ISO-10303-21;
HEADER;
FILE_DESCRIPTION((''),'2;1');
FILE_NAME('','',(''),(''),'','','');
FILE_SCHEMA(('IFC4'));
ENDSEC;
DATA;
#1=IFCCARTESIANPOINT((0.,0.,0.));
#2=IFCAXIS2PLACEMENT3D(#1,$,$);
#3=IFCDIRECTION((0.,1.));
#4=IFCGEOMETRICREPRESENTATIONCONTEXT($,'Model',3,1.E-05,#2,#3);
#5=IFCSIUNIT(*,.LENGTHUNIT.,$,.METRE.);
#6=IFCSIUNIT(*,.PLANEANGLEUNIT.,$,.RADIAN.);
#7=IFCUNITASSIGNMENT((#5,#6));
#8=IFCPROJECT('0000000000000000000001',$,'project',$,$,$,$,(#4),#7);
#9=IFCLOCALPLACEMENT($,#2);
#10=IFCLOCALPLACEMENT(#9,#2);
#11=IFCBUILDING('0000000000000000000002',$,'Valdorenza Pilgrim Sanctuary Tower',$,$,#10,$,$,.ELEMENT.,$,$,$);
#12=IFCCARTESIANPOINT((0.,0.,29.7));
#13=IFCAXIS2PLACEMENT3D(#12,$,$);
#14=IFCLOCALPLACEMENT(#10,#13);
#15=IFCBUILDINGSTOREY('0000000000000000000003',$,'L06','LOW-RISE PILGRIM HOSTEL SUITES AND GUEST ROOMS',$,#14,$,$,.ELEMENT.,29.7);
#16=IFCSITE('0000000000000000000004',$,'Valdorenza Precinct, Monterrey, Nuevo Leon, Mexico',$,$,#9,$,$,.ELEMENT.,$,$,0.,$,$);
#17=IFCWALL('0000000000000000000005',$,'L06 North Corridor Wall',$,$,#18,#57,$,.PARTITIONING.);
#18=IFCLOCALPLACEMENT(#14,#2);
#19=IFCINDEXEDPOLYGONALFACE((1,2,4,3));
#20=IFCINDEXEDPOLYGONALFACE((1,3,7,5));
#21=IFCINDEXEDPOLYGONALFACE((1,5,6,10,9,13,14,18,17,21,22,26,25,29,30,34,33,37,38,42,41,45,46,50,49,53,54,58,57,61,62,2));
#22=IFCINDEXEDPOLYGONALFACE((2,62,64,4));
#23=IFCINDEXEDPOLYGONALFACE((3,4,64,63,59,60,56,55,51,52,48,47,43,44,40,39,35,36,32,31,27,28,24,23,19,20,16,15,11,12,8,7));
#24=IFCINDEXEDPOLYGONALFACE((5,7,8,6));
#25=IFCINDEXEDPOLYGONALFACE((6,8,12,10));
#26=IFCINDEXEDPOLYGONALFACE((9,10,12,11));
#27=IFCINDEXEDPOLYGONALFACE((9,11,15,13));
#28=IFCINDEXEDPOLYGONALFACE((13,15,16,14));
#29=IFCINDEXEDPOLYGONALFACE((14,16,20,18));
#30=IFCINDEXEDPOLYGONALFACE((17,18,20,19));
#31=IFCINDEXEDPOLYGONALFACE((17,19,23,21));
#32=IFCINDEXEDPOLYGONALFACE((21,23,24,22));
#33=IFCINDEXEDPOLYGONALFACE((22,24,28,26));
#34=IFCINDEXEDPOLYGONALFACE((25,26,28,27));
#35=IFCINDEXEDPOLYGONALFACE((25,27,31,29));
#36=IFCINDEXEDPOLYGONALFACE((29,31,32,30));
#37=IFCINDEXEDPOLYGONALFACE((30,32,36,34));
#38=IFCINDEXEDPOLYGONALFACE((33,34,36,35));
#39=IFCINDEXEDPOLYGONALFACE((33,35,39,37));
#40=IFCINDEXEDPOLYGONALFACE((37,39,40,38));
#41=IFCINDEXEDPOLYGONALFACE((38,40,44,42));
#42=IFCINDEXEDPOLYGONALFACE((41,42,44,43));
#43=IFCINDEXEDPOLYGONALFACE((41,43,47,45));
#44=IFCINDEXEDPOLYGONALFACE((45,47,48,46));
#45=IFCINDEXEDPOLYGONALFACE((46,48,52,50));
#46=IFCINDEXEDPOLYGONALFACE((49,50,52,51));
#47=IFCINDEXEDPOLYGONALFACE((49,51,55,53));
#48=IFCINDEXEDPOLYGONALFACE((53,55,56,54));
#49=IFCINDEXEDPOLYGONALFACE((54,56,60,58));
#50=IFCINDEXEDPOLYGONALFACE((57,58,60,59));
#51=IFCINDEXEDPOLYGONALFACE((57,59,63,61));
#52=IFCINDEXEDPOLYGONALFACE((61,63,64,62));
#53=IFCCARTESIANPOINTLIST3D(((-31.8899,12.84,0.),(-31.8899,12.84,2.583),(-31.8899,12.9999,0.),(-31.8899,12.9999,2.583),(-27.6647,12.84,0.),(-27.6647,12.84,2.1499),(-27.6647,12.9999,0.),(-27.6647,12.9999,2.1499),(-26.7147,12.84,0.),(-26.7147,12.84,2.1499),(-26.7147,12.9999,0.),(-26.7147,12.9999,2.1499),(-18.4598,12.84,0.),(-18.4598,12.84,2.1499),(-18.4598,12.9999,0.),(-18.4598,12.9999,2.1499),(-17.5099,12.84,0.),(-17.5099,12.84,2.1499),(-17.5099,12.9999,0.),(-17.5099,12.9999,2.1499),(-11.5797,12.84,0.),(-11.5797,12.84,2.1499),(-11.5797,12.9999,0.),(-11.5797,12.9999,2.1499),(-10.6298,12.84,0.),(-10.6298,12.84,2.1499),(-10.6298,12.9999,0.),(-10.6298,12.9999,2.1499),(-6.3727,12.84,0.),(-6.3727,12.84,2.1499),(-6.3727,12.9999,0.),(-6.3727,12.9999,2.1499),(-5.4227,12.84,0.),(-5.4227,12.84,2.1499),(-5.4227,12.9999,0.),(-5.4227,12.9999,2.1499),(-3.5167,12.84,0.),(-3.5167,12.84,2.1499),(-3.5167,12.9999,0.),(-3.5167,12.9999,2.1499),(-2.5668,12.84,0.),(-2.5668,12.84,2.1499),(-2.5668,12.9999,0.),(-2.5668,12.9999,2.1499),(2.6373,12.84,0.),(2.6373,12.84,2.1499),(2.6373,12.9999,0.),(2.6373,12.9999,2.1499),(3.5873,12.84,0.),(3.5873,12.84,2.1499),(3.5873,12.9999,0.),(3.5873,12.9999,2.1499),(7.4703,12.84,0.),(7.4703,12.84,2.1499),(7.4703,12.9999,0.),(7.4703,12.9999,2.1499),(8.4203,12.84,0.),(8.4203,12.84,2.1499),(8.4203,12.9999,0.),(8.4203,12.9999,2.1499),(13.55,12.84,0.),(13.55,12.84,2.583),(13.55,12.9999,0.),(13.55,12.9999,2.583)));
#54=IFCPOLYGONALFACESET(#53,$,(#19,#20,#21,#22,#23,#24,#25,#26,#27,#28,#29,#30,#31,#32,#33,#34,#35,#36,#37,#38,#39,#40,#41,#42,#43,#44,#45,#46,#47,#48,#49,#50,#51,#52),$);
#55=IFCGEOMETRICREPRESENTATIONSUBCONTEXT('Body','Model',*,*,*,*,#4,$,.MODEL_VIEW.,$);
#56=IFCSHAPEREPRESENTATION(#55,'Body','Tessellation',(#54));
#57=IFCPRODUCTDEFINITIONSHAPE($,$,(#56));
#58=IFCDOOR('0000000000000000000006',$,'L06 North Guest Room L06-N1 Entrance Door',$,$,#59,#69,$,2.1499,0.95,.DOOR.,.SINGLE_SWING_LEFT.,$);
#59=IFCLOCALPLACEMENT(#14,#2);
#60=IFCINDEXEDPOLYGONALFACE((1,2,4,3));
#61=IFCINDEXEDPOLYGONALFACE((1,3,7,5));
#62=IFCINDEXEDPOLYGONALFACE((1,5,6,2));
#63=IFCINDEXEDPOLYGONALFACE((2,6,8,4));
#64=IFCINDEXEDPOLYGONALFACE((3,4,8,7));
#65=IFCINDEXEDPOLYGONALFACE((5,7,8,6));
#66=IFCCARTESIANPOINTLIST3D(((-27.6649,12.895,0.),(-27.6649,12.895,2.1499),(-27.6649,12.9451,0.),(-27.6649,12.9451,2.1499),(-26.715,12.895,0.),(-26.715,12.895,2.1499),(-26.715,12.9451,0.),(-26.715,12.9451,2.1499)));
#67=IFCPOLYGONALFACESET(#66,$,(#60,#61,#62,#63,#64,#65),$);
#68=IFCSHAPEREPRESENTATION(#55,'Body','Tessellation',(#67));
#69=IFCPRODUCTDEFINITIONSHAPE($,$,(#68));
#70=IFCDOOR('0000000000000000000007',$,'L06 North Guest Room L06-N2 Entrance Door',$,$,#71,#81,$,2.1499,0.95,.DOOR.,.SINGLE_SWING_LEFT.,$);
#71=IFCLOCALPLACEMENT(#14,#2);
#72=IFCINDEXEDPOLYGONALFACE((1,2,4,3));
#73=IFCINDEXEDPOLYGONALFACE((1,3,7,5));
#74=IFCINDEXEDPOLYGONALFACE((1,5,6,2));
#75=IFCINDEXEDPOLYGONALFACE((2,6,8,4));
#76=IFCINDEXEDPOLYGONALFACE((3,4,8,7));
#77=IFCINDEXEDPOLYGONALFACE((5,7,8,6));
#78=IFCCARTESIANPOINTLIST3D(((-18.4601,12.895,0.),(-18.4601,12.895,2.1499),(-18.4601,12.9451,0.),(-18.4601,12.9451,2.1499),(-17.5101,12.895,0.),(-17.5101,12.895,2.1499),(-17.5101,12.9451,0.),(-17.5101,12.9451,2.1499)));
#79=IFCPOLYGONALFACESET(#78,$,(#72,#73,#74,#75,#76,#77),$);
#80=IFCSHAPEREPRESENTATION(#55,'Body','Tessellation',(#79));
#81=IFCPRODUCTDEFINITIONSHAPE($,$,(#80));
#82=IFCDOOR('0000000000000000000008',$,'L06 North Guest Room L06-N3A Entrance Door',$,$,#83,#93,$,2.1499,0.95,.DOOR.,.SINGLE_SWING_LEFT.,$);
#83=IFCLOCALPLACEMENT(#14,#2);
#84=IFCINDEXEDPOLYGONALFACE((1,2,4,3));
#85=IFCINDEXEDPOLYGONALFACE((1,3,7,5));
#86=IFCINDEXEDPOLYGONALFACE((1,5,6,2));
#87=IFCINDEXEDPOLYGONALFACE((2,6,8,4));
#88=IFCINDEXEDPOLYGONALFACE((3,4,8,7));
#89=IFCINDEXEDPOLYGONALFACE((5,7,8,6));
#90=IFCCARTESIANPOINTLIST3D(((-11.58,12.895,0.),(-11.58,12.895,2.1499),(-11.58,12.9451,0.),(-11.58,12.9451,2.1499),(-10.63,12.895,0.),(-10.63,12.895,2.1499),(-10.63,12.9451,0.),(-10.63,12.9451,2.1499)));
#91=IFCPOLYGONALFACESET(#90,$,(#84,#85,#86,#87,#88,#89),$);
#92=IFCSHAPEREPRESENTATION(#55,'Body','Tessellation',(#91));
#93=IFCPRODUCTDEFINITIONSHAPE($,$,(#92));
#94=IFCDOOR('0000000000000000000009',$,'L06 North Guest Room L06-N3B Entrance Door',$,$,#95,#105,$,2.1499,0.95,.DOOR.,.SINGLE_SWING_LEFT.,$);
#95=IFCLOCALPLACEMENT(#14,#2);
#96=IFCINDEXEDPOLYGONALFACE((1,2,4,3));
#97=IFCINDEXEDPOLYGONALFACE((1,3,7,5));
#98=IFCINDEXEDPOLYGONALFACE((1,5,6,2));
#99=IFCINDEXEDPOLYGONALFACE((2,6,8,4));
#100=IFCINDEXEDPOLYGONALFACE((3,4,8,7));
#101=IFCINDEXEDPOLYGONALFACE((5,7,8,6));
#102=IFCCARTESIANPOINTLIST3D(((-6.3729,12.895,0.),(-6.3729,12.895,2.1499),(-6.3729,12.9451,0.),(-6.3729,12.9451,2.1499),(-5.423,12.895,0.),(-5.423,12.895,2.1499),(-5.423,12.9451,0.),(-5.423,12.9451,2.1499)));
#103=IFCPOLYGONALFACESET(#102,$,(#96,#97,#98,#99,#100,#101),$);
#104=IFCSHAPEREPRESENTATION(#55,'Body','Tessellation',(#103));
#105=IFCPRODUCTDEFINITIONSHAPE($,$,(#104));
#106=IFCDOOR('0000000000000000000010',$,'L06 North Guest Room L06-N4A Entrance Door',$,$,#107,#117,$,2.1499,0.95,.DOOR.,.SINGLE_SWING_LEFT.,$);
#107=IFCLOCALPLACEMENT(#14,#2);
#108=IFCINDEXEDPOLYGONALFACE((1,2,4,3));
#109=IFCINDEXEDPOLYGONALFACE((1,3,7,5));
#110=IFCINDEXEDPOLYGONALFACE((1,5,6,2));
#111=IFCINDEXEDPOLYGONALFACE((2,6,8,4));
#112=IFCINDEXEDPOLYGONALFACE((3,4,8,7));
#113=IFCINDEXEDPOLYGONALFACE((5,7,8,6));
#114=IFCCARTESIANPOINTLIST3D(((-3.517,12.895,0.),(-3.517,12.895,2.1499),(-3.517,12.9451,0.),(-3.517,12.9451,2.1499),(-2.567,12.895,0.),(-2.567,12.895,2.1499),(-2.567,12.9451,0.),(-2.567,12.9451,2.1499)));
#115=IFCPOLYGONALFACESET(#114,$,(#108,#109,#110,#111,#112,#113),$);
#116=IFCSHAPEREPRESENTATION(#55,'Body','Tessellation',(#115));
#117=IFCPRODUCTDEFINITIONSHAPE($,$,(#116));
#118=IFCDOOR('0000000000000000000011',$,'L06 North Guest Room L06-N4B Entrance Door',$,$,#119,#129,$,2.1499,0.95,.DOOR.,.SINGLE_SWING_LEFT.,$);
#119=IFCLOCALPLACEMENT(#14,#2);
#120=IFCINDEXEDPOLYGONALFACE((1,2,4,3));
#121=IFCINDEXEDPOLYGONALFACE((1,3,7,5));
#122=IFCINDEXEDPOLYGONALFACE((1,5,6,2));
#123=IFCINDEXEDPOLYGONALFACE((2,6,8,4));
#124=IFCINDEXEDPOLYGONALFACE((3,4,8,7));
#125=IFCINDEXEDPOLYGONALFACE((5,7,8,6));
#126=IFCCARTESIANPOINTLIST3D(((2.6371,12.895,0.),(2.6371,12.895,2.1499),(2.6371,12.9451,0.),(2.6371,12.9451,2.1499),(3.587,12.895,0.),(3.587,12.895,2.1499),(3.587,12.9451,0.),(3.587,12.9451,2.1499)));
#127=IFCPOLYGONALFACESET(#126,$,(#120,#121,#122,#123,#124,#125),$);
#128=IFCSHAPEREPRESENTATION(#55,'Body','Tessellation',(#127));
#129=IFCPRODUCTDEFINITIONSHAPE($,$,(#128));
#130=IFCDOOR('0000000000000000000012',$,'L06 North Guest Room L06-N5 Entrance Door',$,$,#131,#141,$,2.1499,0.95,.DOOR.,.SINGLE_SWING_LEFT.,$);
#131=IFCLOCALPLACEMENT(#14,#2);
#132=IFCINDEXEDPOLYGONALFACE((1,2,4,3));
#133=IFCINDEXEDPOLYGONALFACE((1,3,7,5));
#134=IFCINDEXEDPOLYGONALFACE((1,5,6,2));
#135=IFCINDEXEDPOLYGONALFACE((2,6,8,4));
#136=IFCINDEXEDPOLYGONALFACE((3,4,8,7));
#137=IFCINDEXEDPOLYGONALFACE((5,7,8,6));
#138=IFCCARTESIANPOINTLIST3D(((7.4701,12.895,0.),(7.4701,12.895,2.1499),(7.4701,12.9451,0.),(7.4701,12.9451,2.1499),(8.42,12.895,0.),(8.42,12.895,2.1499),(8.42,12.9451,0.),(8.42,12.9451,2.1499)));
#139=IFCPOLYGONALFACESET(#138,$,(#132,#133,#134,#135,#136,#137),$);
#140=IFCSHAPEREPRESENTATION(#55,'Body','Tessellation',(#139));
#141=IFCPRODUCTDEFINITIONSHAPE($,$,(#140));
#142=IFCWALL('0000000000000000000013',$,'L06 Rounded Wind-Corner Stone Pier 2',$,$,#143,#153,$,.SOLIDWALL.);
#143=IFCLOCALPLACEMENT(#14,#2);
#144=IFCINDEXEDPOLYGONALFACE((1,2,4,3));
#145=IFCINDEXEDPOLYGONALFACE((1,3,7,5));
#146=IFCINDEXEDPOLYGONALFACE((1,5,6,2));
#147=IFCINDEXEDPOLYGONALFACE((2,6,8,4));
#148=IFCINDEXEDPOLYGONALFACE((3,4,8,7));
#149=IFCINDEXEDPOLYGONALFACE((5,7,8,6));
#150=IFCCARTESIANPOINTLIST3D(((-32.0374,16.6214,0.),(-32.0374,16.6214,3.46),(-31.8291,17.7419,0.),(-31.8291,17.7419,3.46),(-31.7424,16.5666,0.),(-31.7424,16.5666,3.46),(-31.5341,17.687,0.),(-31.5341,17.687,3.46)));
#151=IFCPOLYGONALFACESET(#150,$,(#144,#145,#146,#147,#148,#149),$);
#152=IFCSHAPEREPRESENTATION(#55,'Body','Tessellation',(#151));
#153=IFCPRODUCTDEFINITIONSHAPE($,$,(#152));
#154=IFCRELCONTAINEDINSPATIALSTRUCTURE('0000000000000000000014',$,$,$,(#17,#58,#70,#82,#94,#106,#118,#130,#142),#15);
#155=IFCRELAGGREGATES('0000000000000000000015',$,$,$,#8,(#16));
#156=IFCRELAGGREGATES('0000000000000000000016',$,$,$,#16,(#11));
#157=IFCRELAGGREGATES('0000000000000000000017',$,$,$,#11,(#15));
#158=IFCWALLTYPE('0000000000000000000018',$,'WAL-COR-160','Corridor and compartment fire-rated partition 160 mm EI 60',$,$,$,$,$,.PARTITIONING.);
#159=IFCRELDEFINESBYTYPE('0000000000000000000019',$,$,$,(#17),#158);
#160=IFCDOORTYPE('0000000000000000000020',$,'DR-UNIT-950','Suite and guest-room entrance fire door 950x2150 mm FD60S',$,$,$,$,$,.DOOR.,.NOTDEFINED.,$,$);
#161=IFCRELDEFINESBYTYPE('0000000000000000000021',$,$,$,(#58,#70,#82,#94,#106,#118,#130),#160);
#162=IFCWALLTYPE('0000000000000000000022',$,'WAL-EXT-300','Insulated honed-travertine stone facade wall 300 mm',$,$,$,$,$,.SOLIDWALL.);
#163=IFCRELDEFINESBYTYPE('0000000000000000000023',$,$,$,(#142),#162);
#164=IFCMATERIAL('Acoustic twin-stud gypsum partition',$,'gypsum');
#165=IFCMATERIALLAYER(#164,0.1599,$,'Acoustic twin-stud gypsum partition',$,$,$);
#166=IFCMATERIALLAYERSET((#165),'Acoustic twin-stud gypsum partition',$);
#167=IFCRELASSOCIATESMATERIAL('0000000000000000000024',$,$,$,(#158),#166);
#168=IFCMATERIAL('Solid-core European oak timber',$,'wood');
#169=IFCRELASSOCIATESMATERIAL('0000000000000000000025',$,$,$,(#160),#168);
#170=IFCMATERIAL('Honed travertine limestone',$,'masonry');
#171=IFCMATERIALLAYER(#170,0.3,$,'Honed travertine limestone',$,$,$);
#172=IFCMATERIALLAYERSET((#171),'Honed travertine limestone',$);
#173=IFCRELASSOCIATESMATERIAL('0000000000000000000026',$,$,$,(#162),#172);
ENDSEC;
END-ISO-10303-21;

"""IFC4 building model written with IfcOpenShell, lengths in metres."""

from ifc_helpers import new_model, si_unit, direction, frame, frame_2d, origin, place, context, subcontext, project, spatial, rectangle, extrude, material, layer, layer_set, type_object, element, fill, save


model = new_model("IFC4")

# Units and contexts
model_context = context("Model", 3, precision=1e-05, world=origin(), true_north=direction((0.0, 1.0)))
body_context = subcontext(model_context, "Body", "Model", "MODEL_VIEW")
ifc_project = project(units=[si_unit("LENGTHUNIT", "METRE"), si_unit("PLANEANGLEUNIT", "RADIAN")], contexts=[model_context])

# Site, building, storey
site_placement = place(None, origin())
site = spatial("IfcSite", under=ifc_project, at=site_placement, Name="Valdorenza Precinct, Monterrey, Nuevo Leon, Mexico", CompositionType="ELEMENT", RefElevation=0.0)
building_placement = place(site_placement, origin())
building = spatial("IfcBuilding", under=site, at=building_placement, Name="Valdorenza Pilgrim Sanctuary Tower", CompositionType="ELEMENT")
storey_placement = place(building_placement, frame((0.0, 0.0, 29.7)))
storey = spatial("IfcBuildingStorey", under=building, at=storey_placement, Name="L06", Description="LOW-RISE PILGRIM HOSTEL SUITES AND GUEST ROOMS", CompositionType="ELEMENT", Elevation=29.7)

# Shared definitions
ifc_material_1 = material(Name="Honed travertine limestone", Category="masonry")

# Wall, openings, doors
ifc_material_2 = material(Name="Acoustic twin-stud gypsum partition", Category="gypsum")
ifc_layer_1 = layer(ifc_material_2, 0.1599, Name="Acoustic twin-stud gypsum partition")
ifc_layer_set_1 = layer_set([ifc_layer_1], Name="Acoustic twin-stud gypsum partition")
wall_type_1 = type_object("IfcWallType", Name="WAL-COR-160", Description="Corridor and compartment fire-rated partition 160 mm EI 60", PredefinedType="PARTITIONING", material=ifc_layer_set_1)
wall_1_placement = place(storey_placement, frame((-31.8899, 12.9199, 0.0), z_axis=(0.0, 0.0, 1.0), x_axis=(1.0, 0.0, 0.0)))
wall_1 = element("IfcWall", 1, at=wall_1_placement, inside=storey, type_object=wall_type_1, Name="L06 North Corridor Wall", PredefinedType="PARTITIONING", context=body_context, shape_type="SweptSolid", body=[
    extrude(rectangle(XDim=45.4399, YDim=0.1599, at=frame_2d((22.72, 0.0))), origin(), (0.0, 0.0, 1.0), 2.583),
])
opening_1_placement = place(wall_1_placement, frame((4.2251, 0.0, 0.0)))
opening_1 = element("IfcOpeningElement", 2, at=opening_1_placement, cuts=wall_1, PredefinedType="OPENING", context=body_context, shape_type="SweptSolid", body=[
    extrude(rectangle(XDim=0.95, YDim=2.1499, at=frame_2d((0.4751, 1.075))), frame((0.0, 0.0947, 0.0), z_axis=(0.0, -1.0, 0.0), x_axis=(1.0, 0.0, 0.0)), (0.0, 0.0, 1.0), 0.1897),
])
opening_2_placement = place(wall_1_placement, frame((13.4299, 0.0, 0.0)))
opening_2 = element("IfcOpeningElement", 3, at=opening_2_placement, cuts=wall_1, PredefinedType="OPENING", context=body_context, shape_type="SweptSolid", body=[
    extrude(rectangle(XDim=0.95, YDim=2.1499, at=frame_2d((0.4751, 1.075))), frame((0.0, 0.0947, 0.0), z_axis=(0.0, -1.0, 0.0), x_axis=(1.0, 0.0, 0.0)), (0.0, 0.0, 1.0), 0.1897),
])
opening_3_placement = place(wall_1_placement, frame((20.3101, 0.0, 0.0)))
opening_3 = element("IfcOpeningElement", 4, at=opening_3_placement, cuts=wall_1, PredefinedType="OPENING", context=body_context, shape_type="SweptSolid", body=[
    extrude(rectangle(XDim=0.95, YDim=2.1499, at=frame_2d((0.4751, 1.075))), frame((0.0, 0.0947, 0.0), z_axis=(0.0, -1.0, 0.0), x_axis=(1.0, 0.0, 0.0)), (0.0, 0.0, 1.0), 0.1897),
])
opening_4_placement = place(wall_1_placement, frame((25.5171, 0.0, 0.0)))
opening_4 = element("IfcOpeningElement", 5, at=opening_4_placement, cuts=wall_1, PredefinedType="OPENING", context=body_context, shape_type="SweptSolid", body=[
    extrude(rectangle(XDim=0.95, YDim=2.1499, at=frame_2d((0.4751, 1.075))), frame((0.0, 0.0947, 0.0), z_axis=(0.0, -1.0, 0.0), x_axis=(1.0, 0.0, 0.0)), (0.0, 0.0, 1.0), 0.1897),
])
opening_5_placement = place(wall_1_placement, frame((28.373, 0.0, 0.0)))
opening_5 = element("IfcOpeningElement", 6, at=opening_5_placement, cuts=wall_1, PredefinedType="OPENING", context=body_context, shape_type="SweptSolid", body=[
    extrude(rectangle(XDim=0.95, YDim=2.1499, at=frame_2d((0.4751, 1.075))), frame((0.0, 0.0947, 0.0), z_axis=(0.0, -1.0, 0.0), x_axis=(1.0, 0.0, 0.0)), (0.0, 0.0, 1.0), 0.1897),
])
opening_6_placement = place(wall_1_placement, frame((34.5271, 0.0, 0.0)))
opening_6 = element("IfcOpeningElement", 7, at=opening_6_placement, cuts=wall_1, PredefinedType="OPENING", context=body_context, shape_type="SweptSolid", body=[
    extrude(rectangle(XDim=0.95, YDim=2.1499, at=frame_2d((0.4751, 1.075))), frame((0.0, 0.0947, 0.0), z_axis=(0.0, -1.0, 0.0), x_axis=(1.0, 0.0, 0.0)), (0.0, 0.0, 1.0), 0.1897),
])
opening_7_placement = place(wall_1_placement, frame((39.3601, 0.0, 0.0)))
opening_7 = element("IfcOpeningElement", 8, at=opening_7_placement, cuts=wall_1, PredefinedType="OPENING", context=body_context, shape_type="SweptSolid", body=[
    extrude(rectangle(XDim=0.95, YDim=2.1499, at=frame_2d((0.4751, 1.075))), frame((0.0, 0.0947, 0.0), z_axis=(0.0, -1.0, 0.0), x_axis=(1.0, 0.0, 0.0)), (0.0, 0.0, 1.0), 0.1897),
])
ifc_material_3 = material(Name="Solid-core European oak timber", Category="wood")
door_type = type_object("IfcDoorType", Name="DR-UNIT-950", Description="Suite and guest-room entrance fire door 950x2150 mm FD60S", OperationType="NOTDEFINED", PredefinedType="DOOR", material=ifc_material_3)
door_1_placement = place(opening_1_placement, frame((0.95, 0.0, 0.0), z_axis=(0.0, 0.0, 1.0), x_axis=(-1.0, 0.0, 0.0)))
door_1 = element("IfcDoor", 9, at=door_1_placement, inside=storey, type_object=door_type, Name="L06 North Guest Room L06-N1 Entrance Door", OperationType="SINGLE_SWING_LEFT", OverallHeight=2.1499, OverallWidth=0.95, PredefinedType="DOOR", context=body_context, shape_type="SweptSolid", body=[
    extrude(rectangle(XDim=0.95, YDim=2.1499, at=frame_2d((0.4751, 1.075))), frame((0.0, 0.0249, 0.0), z_axis=(0.0, -1.0, 0.0), x_axis=(1.0, 0.0, 0.0)), (0.0, 0.0, 1.0), 0.05),
])
fill(opening_1, door_1)
door_2_placement = place(opening_2_placement, frame((0.95, 0.0, 0.0), z_axis=(0.0, 0.0, 1.0), x_axis=(-1.0, 0.0, 0.0)))
door_2 = element("IfcDoor", 10, at=door_2_placement, inside=storey, type_object=door_type, Name="L06 North Guest Room L06-N2 Entrance Door", OperationType="SINGLE_SWING_LEFT", OverallHeight=2.1499, OverallWidth=0.95, PredefinedType="DOOR", context=body_context, shape_type="SweptSolid", body=[
    extrude(rectangle(XDim=0.95, YDim=2.1499, at=frame_2d((0.4751, 1.075))), frame((0.0, 0.0249, 0.0), z_axis=(0.0, -1.0, 0.0), x_axis=(1.0, 0.0, 0.0)), (0.0, 0.0, 1.0), 0.05),
])
fill(opening_2, door_2)
door_3_placement = place(opening_3_placement, frame((0.95, 0.0, 0.0), z_axis=(0.0, 0.0, 1.0), x_axis=(-1.0, 0.0, 0.0)))
door_3 = element("IfcDoor", 11, at=door_3_placement, inside=storey, type_object=door_type, Name="L06 North Guest Room L06-N3A Entrance Door", OperationType="SINGLE_SWING_LEFT", OverallHeight=2.1499, OverallWidth=0.95, PredefinedType="DOOR", context=body_context, shape_type="SweptSolid", body=[
    extrude(rectangle(XDim=0.95, YDim=2.1499, at=frame_2d((0.4751, 1.075))), frame((0.0, 0.0249, 0.0), z_axis=(0.0, -1.0, 0.0), x_axis=(1.0, 0.0, 0.0)), (0.0, 0.0, 1.0), 0.05),
])
fill(opening_3, door_3)
door_4_placement = place(opening_4_placement, frame((0.95, 0.0, 0.0), z_axis=(0.0, 0.0, 1.0), x_axis=(-1.0, 0.0, 0.0)))
door_4 = element("IfcDoor", 12, at=door_4_placement, inside=storey, type_object=door_type, Name="L06 North Guest Room L06-N3B Entrance Door", OperationType="SINGLE_SWING_LEFT", OverallHeight=2.1499, OverallWidth=0.95, PredefinedType="DOOR", context=body_context, shape_type="SweptSolid", body=[
    extrude(rectangle(XDim=0.95, YDim=2.1499, at=frame_2d((0.4751, 1.075))), frame((0.0, 0.0249, 0.0), z_axis=(0.0, -1.0, 0.0), x_axis=(1.0, 0.0, 0.0)), (0.0, 0.0, 1.0), 0.05),
])
fill(opening_4, door_4)
door_5_placement = place(opening_5_placement, frame((0.95, 0.0, 0.0), z_axis=(0.0, 0.0, 1.0), x_axis=(-1.0, 0.0, 0.0)))
door_5 = element("IfcDoor", 13, at=door_5_placement, inside=storey, type_object=door_type, Name="L06 North Guest Room L06-N4A Entrance Door", OperationType="SINGLE_SWING_LEFT", OverallHeight=2.1499, OverallWidth=0.95, PredefinedType="DOOR", context=body_context, shape_type="SweptSolid", body=[
    extrude(rectangle(XDim=0.95, YDim=2.1499, at=frame_2d((0.4751, 1.075))), frame((0.0, 0.0249, 0.0), z_axis=(0.0, -1.0, 0.0), x_axis=(1.0, 0.0, 0.0)), (0.0, 0.0, 1.0), 0.05),
])
fill(opening_5, door_5)
door_6_placement = place(opening_6_placement, frame((0.95, 0.0, 0.0), z_axis=(0.0, 0.0, 1.0), x_axis=(-1.0, 0.0, 0.0)))
door_6 = element("IfcDoor", 14, at=door_6_placement, inside=storey, type_object=door_type, Name="L06 North Guest Room L06-N4B Entrance Door", OperationType="SINGLE_SWING_LEFT", OverallHeight=2.1499, OverallWidth=0.95, PredefinedType="DOOR", context=body_context, shape_type="SweptSolid", body=[
    extrude(rectangle(XDim=0.95, YDim=2.1499, at=frame_2d((0.4751, 1.075))), frame((0.0, 0.0249, 0.0), z_axis=(0.0, -1.0, 0.0), x_axis=(1.0, 0.0, 0.0)), (0.0, 0.0, 1.0), 0.05),
])
fill(opening_6, door_6)
door_7_placement = place(opening_7_placement, frame((0.95, 0.0, 0.0), z_axis=(0.0, 0.0, 1.0), x_axis=(-1.0, 0.0, 0.0)))
door_7 = element("IfcDoor", 15, at=door_7_placement, inside=storey, type_object=door_type, Name="L06 North Guest Room L06-N5 Entrance Door", OperationType="SINGLE_SWING_LEFT", OverallHeight=2.1499, OverallWidth=0.95, PredefinedType="DOOR", context=body_context, shape_type="SweptSolid", body=[
    extrude(rectangle(XDim=0.95, YDim=2.1499, at=frame_2d((0.4751, 1.075))), frame((0.0, 0.0249, 0.0), z_axis=(0.0, -1.0, 0.0), x_axis=(1.0, 0.0, 0.0)), (0.0, 0.0, 1.0), 0.05),
])
fill(opening_7, door_7)

# Wall
ifc_layer_2 = layer(ifc_material_1, 0.3, Name="Honed travertine limestone")
ifc_layer_set_2 = layer_set([ifc_layer_2], Name="Honed travertine limestone")
wall_type_2 = type_object("IfcWallType", Name="WAL-EXT-300", Description="Insulated honed-travertine stone facade wall 300 mm", PredefinedType="SOLIDWALL", material=ifc_layer_set_2)
wall_2_placement = place(storey_placement, frame((-31.8899, 16.594, 0.0), z_axis=(0.0, 0.0, 1.0), x_axis=(0.182749, 0.98316, 0.0)))
element("IfcWall", 16, at=wall_2_placement, inside=storey, type_object=wall_type_2, Name="L06 Rounded Wind-Corner Stone Pier 2", PredefinedType="SOLIDWALL", context=body_context, shape_type="SweptSolid", body=[
    extrude(rectangle(XDim=1.1396, YDim=0.3, at=frame_2d((0.5698, 0.0))), origin(), (0.0, 0.0, 1.0), 3.46),
])

save(model, "model.ifc")
